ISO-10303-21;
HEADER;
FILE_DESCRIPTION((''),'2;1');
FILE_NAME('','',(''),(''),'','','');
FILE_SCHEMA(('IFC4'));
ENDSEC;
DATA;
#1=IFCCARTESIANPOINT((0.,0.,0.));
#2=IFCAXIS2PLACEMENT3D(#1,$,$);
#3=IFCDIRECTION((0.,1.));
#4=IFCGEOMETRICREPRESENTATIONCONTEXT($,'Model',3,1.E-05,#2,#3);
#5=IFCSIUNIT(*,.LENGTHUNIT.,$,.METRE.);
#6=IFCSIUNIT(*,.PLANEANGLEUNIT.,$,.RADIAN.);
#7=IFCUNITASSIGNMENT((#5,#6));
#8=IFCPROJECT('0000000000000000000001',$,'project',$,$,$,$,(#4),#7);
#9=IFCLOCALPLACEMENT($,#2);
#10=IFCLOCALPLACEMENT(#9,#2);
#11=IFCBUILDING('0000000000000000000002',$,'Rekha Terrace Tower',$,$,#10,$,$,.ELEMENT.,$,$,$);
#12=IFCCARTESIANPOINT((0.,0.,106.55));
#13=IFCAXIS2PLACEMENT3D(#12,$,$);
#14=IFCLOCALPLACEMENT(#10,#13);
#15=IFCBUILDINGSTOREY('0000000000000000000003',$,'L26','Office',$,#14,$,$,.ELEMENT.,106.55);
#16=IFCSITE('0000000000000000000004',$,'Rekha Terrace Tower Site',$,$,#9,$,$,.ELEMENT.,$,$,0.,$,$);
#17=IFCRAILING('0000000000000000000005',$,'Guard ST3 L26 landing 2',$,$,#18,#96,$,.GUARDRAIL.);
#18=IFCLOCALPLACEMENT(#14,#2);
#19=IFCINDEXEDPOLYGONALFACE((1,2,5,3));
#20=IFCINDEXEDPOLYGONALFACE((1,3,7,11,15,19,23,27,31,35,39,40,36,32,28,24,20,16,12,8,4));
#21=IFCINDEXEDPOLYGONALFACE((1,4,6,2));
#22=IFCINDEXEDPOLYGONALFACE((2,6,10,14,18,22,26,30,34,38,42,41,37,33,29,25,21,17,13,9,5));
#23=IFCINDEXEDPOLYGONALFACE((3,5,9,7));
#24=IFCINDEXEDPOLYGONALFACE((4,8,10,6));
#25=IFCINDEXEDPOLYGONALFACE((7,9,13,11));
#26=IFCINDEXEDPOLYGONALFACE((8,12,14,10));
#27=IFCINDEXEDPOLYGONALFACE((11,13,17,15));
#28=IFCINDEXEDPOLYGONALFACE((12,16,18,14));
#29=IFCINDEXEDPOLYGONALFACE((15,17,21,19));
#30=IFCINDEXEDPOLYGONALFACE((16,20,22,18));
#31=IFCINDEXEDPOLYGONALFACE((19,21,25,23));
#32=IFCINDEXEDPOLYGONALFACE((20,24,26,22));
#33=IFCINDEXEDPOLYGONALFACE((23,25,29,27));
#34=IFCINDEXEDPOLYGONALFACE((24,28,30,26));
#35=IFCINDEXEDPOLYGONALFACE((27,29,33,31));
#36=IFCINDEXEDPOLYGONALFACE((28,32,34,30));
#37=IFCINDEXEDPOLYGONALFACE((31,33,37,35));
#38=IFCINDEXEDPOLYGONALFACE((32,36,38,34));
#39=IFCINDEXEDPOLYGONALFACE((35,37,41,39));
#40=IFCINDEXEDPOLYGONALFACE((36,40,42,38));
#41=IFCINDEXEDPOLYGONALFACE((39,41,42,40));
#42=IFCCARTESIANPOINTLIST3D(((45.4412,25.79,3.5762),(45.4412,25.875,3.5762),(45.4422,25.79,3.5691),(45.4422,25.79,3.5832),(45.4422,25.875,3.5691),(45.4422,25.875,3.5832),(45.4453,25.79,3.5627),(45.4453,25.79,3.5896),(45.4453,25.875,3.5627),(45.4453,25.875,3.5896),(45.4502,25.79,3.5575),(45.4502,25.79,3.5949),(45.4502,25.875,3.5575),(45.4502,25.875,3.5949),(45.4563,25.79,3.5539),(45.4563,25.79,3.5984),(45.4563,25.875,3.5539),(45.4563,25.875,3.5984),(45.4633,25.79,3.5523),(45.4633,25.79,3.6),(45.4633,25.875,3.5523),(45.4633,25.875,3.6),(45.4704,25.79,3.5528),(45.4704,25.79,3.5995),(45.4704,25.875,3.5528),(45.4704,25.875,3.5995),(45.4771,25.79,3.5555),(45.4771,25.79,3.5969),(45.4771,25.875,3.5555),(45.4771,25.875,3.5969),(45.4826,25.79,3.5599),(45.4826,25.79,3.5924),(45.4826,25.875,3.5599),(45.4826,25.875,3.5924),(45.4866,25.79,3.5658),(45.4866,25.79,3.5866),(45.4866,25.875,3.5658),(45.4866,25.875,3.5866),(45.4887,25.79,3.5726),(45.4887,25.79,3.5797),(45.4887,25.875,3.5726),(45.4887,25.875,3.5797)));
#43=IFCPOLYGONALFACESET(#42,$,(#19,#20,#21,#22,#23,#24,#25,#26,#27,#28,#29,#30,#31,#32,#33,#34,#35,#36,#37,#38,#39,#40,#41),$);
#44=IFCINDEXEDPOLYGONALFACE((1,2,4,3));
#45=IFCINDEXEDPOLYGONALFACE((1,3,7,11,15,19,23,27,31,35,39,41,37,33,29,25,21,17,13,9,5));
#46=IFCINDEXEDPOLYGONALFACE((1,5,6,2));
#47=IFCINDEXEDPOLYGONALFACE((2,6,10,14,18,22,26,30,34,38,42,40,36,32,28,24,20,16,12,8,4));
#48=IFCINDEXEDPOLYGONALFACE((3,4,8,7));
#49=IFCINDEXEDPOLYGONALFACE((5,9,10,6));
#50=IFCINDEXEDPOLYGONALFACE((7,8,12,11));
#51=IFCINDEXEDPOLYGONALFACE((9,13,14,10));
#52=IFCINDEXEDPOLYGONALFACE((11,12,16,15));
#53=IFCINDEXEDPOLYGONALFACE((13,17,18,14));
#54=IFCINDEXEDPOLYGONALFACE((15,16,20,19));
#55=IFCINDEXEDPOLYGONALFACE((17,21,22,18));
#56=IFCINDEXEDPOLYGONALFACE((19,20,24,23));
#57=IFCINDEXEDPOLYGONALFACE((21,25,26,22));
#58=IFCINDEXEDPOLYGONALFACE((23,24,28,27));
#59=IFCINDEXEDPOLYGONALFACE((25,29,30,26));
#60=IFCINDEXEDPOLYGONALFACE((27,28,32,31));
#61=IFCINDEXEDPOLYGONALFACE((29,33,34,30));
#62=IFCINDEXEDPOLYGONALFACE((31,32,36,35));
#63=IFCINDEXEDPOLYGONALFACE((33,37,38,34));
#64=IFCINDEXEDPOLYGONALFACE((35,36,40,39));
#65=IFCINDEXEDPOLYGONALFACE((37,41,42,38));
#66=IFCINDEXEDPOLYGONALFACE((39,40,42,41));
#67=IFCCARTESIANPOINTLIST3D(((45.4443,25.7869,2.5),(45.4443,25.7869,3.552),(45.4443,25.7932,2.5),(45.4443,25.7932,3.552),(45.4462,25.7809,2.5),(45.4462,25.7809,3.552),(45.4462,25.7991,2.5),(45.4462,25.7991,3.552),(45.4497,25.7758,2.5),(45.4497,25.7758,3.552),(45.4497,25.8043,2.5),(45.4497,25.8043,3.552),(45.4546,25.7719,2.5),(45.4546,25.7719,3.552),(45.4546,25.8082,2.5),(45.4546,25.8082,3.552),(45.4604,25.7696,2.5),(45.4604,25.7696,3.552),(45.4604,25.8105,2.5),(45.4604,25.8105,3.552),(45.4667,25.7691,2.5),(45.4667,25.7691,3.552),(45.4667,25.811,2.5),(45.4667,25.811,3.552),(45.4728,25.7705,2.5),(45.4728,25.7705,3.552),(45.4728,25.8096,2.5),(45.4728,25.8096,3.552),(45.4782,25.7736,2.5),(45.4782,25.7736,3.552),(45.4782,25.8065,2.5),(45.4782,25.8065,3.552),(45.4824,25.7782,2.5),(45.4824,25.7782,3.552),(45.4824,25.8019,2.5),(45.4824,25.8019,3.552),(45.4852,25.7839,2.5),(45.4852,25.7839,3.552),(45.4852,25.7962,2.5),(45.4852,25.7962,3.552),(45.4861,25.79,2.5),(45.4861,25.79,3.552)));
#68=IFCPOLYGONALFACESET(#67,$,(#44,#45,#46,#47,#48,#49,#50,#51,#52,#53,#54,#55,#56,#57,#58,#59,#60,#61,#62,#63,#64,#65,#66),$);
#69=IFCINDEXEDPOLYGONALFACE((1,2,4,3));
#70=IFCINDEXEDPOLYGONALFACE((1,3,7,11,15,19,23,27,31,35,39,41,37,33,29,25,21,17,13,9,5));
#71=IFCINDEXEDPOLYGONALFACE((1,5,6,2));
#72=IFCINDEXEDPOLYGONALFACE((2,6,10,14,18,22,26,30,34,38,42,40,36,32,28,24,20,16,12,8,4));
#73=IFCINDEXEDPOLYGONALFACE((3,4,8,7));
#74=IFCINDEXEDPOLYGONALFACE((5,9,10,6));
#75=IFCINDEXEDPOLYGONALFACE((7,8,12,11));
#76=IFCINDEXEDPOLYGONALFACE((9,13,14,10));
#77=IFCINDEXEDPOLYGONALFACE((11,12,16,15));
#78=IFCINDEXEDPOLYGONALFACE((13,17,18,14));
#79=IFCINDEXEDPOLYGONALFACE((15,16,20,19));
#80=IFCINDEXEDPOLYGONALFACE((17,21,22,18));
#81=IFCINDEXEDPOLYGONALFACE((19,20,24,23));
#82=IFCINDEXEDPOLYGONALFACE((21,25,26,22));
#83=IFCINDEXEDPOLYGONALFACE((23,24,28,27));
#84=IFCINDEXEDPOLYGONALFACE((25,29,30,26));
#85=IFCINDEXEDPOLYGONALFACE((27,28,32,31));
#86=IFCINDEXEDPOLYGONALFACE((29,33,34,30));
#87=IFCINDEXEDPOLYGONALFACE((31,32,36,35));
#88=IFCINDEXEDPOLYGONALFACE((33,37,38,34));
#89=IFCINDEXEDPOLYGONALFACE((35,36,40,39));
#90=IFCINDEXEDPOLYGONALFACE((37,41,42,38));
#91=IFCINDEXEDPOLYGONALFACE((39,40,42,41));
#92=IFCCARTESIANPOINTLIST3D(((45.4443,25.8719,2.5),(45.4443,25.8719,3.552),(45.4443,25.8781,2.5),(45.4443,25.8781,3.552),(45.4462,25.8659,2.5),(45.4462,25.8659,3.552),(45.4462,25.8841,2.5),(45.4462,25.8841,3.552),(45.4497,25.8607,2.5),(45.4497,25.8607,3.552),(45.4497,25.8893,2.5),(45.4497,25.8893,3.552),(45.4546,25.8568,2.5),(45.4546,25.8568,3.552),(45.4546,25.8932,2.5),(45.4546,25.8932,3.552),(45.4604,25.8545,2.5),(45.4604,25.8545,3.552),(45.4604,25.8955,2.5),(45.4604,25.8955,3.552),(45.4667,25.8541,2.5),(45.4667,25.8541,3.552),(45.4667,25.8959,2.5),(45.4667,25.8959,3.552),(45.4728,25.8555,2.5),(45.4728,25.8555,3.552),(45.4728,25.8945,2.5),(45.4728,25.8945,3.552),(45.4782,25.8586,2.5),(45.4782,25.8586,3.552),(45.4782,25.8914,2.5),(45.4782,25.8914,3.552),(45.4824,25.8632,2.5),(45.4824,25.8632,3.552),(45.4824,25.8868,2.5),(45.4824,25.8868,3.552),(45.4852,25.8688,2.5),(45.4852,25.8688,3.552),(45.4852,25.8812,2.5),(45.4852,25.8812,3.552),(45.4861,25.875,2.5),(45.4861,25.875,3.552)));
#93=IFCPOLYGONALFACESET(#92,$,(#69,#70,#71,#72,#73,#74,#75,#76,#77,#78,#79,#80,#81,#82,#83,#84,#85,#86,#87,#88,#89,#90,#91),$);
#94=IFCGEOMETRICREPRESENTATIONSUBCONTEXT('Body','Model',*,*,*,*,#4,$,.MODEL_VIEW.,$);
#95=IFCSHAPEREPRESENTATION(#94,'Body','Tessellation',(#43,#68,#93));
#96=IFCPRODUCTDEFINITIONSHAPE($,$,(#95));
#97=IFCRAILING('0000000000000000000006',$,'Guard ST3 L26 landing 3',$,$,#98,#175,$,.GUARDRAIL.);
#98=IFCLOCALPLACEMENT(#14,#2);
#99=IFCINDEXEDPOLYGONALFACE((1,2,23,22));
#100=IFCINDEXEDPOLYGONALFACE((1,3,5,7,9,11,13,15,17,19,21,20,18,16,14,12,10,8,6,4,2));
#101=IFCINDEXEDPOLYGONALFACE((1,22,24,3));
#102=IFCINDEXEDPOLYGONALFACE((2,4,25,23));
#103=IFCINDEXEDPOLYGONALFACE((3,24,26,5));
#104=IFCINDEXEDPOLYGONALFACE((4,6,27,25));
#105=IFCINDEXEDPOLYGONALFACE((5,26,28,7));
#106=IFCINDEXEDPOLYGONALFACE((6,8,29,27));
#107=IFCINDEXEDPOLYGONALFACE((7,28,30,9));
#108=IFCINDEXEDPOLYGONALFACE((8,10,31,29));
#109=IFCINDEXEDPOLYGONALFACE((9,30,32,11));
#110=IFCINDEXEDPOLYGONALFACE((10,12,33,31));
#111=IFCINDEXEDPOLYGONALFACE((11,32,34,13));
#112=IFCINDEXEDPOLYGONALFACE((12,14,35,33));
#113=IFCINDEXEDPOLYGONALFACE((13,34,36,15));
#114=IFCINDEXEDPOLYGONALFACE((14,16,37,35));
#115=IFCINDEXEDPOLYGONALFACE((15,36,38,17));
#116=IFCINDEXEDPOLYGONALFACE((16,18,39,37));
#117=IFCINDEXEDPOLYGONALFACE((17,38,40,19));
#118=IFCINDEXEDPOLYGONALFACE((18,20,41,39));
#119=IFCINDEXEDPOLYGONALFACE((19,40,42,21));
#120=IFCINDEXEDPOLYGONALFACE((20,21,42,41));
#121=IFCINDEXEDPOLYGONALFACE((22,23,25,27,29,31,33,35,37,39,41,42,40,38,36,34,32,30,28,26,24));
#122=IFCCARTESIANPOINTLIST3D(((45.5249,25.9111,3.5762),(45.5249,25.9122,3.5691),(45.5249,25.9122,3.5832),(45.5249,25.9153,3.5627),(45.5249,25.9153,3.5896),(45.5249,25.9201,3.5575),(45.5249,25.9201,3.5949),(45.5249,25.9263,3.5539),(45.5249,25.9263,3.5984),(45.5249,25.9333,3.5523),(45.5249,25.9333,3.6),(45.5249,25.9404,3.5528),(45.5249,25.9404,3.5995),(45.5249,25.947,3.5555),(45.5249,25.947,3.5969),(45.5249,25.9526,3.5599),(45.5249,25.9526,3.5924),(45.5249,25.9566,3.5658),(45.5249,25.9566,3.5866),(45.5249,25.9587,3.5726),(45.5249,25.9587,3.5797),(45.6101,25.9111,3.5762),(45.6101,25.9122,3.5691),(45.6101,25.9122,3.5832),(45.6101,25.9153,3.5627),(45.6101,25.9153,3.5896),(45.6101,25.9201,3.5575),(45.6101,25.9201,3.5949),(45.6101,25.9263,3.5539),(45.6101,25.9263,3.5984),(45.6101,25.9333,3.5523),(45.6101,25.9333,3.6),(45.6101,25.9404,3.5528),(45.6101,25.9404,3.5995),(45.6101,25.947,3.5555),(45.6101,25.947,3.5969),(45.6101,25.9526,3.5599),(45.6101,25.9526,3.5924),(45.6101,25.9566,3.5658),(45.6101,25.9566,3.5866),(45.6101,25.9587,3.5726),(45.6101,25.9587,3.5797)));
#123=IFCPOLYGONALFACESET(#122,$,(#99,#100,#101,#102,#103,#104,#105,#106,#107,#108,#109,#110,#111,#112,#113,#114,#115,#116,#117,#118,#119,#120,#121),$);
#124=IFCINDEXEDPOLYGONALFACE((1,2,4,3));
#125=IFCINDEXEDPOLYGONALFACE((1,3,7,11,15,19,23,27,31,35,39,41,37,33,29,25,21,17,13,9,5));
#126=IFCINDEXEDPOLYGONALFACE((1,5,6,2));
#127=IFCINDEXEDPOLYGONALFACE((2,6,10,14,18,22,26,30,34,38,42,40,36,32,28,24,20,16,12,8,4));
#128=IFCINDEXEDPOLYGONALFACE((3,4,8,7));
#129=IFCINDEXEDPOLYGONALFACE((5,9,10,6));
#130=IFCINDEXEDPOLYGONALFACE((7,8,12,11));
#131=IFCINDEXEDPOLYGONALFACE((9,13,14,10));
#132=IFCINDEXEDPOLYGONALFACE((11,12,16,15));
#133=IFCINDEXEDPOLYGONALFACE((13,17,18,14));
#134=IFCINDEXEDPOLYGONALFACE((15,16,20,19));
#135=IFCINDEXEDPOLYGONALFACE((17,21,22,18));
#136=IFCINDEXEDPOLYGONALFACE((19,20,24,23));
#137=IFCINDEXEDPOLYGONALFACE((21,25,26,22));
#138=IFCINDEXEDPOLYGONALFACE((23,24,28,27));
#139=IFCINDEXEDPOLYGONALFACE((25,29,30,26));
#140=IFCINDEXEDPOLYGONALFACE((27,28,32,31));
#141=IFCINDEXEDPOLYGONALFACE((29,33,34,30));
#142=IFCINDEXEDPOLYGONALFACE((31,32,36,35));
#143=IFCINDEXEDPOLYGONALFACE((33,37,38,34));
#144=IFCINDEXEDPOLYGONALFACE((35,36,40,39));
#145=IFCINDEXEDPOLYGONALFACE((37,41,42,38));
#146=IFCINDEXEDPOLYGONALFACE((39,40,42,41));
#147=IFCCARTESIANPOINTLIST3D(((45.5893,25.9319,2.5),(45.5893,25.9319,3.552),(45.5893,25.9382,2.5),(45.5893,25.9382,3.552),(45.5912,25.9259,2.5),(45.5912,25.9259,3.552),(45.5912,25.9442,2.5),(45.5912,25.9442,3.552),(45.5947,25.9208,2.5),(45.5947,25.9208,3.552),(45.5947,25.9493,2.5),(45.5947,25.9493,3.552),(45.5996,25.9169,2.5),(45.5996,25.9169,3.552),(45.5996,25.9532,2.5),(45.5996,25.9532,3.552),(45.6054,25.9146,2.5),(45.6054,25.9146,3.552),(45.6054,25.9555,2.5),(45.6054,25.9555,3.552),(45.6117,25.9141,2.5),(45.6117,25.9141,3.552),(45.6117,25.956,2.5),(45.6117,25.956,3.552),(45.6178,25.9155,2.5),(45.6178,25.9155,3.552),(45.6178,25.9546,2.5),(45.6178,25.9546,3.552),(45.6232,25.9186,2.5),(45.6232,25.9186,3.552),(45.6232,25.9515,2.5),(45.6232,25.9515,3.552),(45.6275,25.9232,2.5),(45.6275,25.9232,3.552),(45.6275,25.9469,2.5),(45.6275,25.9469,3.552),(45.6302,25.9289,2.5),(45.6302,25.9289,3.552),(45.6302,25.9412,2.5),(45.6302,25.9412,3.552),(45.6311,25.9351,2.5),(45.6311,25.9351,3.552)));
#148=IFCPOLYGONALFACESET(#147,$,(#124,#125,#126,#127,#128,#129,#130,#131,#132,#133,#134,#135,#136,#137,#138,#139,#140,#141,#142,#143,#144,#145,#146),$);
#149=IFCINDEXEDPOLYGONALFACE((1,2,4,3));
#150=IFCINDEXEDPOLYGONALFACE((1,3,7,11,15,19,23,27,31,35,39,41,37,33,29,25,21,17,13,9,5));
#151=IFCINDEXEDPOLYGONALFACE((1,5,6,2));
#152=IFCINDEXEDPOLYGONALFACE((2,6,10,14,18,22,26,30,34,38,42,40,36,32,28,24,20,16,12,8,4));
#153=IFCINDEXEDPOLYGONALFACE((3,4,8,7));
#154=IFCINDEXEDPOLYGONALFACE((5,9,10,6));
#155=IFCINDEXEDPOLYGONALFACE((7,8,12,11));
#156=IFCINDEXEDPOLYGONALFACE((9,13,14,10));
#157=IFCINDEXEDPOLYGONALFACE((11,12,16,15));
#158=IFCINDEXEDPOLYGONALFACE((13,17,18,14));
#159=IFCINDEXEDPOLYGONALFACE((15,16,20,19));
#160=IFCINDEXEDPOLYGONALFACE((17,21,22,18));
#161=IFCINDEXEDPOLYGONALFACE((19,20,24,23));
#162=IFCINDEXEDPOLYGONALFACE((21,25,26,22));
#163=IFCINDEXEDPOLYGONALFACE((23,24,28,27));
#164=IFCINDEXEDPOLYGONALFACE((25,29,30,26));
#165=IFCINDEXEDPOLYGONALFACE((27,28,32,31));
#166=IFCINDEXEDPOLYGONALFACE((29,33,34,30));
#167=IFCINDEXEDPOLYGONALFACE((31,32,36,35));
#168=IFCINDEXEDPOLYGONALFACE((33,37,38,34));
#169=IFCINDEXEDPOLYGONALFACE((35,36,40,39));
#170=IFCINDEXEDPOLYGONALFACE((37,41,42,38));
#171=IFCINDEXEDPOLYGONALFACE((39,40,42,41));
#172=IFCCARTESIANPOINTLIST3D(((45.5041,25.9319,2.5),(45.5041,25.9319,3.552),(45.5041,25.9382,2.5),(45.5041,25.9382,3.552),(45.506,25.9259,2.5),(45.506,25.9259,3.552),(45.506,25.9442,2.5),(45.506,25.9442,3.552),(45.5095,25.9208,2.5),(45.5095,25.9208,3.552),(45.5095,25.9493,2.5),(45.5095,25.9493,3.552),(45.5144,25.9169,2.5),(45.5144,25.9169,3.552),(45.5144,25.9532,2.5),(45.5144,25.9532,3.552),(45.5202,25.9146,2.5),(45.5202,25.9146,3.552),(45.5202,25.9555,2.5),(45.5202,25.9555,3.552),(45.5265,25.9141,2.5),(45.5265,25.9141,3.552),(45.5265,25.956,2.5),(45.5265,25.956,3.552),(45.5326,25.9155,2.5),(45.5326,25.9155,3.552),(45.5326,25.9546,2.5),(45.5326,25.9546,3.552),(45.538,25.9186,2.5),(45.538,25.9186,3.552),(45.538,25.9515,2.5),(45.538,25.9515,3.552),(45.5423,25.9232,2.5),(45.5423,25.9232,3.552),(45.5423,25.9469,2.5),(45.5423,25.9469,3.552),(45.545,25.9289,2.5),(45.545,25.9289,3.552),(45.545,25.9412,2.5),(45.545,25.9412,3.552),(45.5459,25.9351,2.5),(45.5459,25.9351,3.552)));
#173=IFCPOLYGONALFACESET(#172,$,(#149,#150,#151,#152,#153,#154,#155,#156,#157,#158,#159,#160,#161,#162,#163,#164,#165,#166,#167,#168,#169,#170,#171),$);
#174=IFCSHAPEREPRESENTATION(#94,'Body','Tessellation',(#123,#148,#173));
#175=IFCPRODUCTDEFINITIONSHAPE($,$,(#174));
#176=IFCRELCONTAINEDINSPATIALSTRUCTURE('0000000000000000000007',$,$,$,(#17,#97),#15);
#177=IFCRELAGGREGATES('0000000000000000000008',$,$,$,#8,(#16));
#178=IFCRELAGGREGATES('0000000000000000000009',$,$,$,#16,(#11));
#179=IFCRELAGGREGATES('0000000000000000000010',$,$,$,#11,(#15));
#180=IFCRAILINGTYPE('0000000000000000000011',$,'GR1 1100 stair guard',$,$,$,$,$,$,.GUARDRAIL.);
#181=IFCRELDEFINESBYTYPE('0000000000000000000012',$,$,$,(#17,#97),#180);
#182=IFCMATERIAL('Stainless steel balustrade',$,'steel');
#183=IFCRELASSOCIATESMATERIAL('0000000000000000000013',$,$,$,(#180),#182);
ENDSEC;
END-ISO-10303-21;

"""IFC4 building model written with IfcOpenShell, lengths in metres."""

from ifc_helpers import new_model, si_unit, direction, frame, origin, origin_2d, place, context, subcontext, project, spatial, circle, extrude, material, type_object, element, save


model = new_model("IFC4")

# Units and contexts
model_context = context("Model", 3, precision=1e-05, world=origin(), true_north=direction((0.0, 1.0)))
body_context = subcontext(model_context, "Body", "Model", "MODEL_VIEW")
ifc_project = project(units=[si_unit("LENGTHUNIT", "METRE"), si_unit("PLANEANGLEUNIT", "RADIAN")], contexts=[model_context])

# Site, building, storey
site_placement = place(None, origin())
site = spatial("IfcSite", under=ifc_project, at=site_placement, Name="Rekha Terrace Tower Site", CompositionType="ELEMENT", RefElevation=0.0)
building_placement = place(site_placement, origin())
building = spatial("IfcBuilding", under=site, at=building_placement, Name="Rekha Terrace Tower", CompositionType="ELEMENT")
storey_placement = place(building_placement, frame((0.0, 0.0, 106.55)))
storey = spatial("IfcBuildingStorey", under=building, at=storey_placement, Name="L26", Description="Office", CompositionType="ELEMENT", Elevation=106.55)

# Railings
ifc_material_1 = material(Name="Stainless steel balustrade", Category="steel")
railing_type_1 = type_object("IfcRailingType", Name="GR1 1100 stair guard", PredefinedType="GUARDRAIL", material=ifc_material_1)
railing_1_placement = place(storey_placement, frame((45.4651, 25.79, 2.5)))
element("IfcRailing", 1, at=railing_1_placement, inside=storey, type_object=railing_type_1, Name="Guard ST3 L26 landing 2", PredefinedType="GUARDRAIL", context=body_context, shape_type="SweptSolid", body=[
    extrude(circle(Radius=0.0239, at=origin_2d()), frame((0.0, 0.0, 1.0762), z_axis=(0.0, 1.0, 0.0), x_axis=(-1.0, 0.0, 0.0)), (0.0, 0.0, 1.0), 0.085),
    extrude(circle(Radius=0.021, at=origin_2d()), origin(), (0.0, 0.0, 1.0), 1.052),
    extrude(circle(Radius=0.021, at=origin_2d()), frame((0.0, 0.085, 0.0)), (0.0, 0.0, 1.0), 1.052),
])
railing_2_placement = place(storey_placement, frame((45.6101, 25.9351, 2.5)))
element("IfcRailing", 2, at=railing_2_placement, inside=storey, type_object=railing_type_1, Name="Guard ST3 L26 landing 3", PredefinedType="GUARDRAIL", context=body_context, shape_type="SweptSolid", body=[
    extrude(circle(Radius=0.0239, at=origin_2d()), frame((0.0, 0.0, 1.0762), z_axis=(-1.0, 0.0, 0.0), x_axis=(0.0, -1.0, 0.0)), (0.0, 0.0, 1.0), 0.0852),
    extrude(circle(Radius=0.021, at=origin_2d()), origin(), (0.0, 0.0, 1.0), 1.052),
    extrude(circle(Radius=0.021, at=origin_2d()), frame((-0.0852, 0.0, 0.0)), (0.0, 0.0, 1.0), 1.052),
])

save(model, "model.ifc")
